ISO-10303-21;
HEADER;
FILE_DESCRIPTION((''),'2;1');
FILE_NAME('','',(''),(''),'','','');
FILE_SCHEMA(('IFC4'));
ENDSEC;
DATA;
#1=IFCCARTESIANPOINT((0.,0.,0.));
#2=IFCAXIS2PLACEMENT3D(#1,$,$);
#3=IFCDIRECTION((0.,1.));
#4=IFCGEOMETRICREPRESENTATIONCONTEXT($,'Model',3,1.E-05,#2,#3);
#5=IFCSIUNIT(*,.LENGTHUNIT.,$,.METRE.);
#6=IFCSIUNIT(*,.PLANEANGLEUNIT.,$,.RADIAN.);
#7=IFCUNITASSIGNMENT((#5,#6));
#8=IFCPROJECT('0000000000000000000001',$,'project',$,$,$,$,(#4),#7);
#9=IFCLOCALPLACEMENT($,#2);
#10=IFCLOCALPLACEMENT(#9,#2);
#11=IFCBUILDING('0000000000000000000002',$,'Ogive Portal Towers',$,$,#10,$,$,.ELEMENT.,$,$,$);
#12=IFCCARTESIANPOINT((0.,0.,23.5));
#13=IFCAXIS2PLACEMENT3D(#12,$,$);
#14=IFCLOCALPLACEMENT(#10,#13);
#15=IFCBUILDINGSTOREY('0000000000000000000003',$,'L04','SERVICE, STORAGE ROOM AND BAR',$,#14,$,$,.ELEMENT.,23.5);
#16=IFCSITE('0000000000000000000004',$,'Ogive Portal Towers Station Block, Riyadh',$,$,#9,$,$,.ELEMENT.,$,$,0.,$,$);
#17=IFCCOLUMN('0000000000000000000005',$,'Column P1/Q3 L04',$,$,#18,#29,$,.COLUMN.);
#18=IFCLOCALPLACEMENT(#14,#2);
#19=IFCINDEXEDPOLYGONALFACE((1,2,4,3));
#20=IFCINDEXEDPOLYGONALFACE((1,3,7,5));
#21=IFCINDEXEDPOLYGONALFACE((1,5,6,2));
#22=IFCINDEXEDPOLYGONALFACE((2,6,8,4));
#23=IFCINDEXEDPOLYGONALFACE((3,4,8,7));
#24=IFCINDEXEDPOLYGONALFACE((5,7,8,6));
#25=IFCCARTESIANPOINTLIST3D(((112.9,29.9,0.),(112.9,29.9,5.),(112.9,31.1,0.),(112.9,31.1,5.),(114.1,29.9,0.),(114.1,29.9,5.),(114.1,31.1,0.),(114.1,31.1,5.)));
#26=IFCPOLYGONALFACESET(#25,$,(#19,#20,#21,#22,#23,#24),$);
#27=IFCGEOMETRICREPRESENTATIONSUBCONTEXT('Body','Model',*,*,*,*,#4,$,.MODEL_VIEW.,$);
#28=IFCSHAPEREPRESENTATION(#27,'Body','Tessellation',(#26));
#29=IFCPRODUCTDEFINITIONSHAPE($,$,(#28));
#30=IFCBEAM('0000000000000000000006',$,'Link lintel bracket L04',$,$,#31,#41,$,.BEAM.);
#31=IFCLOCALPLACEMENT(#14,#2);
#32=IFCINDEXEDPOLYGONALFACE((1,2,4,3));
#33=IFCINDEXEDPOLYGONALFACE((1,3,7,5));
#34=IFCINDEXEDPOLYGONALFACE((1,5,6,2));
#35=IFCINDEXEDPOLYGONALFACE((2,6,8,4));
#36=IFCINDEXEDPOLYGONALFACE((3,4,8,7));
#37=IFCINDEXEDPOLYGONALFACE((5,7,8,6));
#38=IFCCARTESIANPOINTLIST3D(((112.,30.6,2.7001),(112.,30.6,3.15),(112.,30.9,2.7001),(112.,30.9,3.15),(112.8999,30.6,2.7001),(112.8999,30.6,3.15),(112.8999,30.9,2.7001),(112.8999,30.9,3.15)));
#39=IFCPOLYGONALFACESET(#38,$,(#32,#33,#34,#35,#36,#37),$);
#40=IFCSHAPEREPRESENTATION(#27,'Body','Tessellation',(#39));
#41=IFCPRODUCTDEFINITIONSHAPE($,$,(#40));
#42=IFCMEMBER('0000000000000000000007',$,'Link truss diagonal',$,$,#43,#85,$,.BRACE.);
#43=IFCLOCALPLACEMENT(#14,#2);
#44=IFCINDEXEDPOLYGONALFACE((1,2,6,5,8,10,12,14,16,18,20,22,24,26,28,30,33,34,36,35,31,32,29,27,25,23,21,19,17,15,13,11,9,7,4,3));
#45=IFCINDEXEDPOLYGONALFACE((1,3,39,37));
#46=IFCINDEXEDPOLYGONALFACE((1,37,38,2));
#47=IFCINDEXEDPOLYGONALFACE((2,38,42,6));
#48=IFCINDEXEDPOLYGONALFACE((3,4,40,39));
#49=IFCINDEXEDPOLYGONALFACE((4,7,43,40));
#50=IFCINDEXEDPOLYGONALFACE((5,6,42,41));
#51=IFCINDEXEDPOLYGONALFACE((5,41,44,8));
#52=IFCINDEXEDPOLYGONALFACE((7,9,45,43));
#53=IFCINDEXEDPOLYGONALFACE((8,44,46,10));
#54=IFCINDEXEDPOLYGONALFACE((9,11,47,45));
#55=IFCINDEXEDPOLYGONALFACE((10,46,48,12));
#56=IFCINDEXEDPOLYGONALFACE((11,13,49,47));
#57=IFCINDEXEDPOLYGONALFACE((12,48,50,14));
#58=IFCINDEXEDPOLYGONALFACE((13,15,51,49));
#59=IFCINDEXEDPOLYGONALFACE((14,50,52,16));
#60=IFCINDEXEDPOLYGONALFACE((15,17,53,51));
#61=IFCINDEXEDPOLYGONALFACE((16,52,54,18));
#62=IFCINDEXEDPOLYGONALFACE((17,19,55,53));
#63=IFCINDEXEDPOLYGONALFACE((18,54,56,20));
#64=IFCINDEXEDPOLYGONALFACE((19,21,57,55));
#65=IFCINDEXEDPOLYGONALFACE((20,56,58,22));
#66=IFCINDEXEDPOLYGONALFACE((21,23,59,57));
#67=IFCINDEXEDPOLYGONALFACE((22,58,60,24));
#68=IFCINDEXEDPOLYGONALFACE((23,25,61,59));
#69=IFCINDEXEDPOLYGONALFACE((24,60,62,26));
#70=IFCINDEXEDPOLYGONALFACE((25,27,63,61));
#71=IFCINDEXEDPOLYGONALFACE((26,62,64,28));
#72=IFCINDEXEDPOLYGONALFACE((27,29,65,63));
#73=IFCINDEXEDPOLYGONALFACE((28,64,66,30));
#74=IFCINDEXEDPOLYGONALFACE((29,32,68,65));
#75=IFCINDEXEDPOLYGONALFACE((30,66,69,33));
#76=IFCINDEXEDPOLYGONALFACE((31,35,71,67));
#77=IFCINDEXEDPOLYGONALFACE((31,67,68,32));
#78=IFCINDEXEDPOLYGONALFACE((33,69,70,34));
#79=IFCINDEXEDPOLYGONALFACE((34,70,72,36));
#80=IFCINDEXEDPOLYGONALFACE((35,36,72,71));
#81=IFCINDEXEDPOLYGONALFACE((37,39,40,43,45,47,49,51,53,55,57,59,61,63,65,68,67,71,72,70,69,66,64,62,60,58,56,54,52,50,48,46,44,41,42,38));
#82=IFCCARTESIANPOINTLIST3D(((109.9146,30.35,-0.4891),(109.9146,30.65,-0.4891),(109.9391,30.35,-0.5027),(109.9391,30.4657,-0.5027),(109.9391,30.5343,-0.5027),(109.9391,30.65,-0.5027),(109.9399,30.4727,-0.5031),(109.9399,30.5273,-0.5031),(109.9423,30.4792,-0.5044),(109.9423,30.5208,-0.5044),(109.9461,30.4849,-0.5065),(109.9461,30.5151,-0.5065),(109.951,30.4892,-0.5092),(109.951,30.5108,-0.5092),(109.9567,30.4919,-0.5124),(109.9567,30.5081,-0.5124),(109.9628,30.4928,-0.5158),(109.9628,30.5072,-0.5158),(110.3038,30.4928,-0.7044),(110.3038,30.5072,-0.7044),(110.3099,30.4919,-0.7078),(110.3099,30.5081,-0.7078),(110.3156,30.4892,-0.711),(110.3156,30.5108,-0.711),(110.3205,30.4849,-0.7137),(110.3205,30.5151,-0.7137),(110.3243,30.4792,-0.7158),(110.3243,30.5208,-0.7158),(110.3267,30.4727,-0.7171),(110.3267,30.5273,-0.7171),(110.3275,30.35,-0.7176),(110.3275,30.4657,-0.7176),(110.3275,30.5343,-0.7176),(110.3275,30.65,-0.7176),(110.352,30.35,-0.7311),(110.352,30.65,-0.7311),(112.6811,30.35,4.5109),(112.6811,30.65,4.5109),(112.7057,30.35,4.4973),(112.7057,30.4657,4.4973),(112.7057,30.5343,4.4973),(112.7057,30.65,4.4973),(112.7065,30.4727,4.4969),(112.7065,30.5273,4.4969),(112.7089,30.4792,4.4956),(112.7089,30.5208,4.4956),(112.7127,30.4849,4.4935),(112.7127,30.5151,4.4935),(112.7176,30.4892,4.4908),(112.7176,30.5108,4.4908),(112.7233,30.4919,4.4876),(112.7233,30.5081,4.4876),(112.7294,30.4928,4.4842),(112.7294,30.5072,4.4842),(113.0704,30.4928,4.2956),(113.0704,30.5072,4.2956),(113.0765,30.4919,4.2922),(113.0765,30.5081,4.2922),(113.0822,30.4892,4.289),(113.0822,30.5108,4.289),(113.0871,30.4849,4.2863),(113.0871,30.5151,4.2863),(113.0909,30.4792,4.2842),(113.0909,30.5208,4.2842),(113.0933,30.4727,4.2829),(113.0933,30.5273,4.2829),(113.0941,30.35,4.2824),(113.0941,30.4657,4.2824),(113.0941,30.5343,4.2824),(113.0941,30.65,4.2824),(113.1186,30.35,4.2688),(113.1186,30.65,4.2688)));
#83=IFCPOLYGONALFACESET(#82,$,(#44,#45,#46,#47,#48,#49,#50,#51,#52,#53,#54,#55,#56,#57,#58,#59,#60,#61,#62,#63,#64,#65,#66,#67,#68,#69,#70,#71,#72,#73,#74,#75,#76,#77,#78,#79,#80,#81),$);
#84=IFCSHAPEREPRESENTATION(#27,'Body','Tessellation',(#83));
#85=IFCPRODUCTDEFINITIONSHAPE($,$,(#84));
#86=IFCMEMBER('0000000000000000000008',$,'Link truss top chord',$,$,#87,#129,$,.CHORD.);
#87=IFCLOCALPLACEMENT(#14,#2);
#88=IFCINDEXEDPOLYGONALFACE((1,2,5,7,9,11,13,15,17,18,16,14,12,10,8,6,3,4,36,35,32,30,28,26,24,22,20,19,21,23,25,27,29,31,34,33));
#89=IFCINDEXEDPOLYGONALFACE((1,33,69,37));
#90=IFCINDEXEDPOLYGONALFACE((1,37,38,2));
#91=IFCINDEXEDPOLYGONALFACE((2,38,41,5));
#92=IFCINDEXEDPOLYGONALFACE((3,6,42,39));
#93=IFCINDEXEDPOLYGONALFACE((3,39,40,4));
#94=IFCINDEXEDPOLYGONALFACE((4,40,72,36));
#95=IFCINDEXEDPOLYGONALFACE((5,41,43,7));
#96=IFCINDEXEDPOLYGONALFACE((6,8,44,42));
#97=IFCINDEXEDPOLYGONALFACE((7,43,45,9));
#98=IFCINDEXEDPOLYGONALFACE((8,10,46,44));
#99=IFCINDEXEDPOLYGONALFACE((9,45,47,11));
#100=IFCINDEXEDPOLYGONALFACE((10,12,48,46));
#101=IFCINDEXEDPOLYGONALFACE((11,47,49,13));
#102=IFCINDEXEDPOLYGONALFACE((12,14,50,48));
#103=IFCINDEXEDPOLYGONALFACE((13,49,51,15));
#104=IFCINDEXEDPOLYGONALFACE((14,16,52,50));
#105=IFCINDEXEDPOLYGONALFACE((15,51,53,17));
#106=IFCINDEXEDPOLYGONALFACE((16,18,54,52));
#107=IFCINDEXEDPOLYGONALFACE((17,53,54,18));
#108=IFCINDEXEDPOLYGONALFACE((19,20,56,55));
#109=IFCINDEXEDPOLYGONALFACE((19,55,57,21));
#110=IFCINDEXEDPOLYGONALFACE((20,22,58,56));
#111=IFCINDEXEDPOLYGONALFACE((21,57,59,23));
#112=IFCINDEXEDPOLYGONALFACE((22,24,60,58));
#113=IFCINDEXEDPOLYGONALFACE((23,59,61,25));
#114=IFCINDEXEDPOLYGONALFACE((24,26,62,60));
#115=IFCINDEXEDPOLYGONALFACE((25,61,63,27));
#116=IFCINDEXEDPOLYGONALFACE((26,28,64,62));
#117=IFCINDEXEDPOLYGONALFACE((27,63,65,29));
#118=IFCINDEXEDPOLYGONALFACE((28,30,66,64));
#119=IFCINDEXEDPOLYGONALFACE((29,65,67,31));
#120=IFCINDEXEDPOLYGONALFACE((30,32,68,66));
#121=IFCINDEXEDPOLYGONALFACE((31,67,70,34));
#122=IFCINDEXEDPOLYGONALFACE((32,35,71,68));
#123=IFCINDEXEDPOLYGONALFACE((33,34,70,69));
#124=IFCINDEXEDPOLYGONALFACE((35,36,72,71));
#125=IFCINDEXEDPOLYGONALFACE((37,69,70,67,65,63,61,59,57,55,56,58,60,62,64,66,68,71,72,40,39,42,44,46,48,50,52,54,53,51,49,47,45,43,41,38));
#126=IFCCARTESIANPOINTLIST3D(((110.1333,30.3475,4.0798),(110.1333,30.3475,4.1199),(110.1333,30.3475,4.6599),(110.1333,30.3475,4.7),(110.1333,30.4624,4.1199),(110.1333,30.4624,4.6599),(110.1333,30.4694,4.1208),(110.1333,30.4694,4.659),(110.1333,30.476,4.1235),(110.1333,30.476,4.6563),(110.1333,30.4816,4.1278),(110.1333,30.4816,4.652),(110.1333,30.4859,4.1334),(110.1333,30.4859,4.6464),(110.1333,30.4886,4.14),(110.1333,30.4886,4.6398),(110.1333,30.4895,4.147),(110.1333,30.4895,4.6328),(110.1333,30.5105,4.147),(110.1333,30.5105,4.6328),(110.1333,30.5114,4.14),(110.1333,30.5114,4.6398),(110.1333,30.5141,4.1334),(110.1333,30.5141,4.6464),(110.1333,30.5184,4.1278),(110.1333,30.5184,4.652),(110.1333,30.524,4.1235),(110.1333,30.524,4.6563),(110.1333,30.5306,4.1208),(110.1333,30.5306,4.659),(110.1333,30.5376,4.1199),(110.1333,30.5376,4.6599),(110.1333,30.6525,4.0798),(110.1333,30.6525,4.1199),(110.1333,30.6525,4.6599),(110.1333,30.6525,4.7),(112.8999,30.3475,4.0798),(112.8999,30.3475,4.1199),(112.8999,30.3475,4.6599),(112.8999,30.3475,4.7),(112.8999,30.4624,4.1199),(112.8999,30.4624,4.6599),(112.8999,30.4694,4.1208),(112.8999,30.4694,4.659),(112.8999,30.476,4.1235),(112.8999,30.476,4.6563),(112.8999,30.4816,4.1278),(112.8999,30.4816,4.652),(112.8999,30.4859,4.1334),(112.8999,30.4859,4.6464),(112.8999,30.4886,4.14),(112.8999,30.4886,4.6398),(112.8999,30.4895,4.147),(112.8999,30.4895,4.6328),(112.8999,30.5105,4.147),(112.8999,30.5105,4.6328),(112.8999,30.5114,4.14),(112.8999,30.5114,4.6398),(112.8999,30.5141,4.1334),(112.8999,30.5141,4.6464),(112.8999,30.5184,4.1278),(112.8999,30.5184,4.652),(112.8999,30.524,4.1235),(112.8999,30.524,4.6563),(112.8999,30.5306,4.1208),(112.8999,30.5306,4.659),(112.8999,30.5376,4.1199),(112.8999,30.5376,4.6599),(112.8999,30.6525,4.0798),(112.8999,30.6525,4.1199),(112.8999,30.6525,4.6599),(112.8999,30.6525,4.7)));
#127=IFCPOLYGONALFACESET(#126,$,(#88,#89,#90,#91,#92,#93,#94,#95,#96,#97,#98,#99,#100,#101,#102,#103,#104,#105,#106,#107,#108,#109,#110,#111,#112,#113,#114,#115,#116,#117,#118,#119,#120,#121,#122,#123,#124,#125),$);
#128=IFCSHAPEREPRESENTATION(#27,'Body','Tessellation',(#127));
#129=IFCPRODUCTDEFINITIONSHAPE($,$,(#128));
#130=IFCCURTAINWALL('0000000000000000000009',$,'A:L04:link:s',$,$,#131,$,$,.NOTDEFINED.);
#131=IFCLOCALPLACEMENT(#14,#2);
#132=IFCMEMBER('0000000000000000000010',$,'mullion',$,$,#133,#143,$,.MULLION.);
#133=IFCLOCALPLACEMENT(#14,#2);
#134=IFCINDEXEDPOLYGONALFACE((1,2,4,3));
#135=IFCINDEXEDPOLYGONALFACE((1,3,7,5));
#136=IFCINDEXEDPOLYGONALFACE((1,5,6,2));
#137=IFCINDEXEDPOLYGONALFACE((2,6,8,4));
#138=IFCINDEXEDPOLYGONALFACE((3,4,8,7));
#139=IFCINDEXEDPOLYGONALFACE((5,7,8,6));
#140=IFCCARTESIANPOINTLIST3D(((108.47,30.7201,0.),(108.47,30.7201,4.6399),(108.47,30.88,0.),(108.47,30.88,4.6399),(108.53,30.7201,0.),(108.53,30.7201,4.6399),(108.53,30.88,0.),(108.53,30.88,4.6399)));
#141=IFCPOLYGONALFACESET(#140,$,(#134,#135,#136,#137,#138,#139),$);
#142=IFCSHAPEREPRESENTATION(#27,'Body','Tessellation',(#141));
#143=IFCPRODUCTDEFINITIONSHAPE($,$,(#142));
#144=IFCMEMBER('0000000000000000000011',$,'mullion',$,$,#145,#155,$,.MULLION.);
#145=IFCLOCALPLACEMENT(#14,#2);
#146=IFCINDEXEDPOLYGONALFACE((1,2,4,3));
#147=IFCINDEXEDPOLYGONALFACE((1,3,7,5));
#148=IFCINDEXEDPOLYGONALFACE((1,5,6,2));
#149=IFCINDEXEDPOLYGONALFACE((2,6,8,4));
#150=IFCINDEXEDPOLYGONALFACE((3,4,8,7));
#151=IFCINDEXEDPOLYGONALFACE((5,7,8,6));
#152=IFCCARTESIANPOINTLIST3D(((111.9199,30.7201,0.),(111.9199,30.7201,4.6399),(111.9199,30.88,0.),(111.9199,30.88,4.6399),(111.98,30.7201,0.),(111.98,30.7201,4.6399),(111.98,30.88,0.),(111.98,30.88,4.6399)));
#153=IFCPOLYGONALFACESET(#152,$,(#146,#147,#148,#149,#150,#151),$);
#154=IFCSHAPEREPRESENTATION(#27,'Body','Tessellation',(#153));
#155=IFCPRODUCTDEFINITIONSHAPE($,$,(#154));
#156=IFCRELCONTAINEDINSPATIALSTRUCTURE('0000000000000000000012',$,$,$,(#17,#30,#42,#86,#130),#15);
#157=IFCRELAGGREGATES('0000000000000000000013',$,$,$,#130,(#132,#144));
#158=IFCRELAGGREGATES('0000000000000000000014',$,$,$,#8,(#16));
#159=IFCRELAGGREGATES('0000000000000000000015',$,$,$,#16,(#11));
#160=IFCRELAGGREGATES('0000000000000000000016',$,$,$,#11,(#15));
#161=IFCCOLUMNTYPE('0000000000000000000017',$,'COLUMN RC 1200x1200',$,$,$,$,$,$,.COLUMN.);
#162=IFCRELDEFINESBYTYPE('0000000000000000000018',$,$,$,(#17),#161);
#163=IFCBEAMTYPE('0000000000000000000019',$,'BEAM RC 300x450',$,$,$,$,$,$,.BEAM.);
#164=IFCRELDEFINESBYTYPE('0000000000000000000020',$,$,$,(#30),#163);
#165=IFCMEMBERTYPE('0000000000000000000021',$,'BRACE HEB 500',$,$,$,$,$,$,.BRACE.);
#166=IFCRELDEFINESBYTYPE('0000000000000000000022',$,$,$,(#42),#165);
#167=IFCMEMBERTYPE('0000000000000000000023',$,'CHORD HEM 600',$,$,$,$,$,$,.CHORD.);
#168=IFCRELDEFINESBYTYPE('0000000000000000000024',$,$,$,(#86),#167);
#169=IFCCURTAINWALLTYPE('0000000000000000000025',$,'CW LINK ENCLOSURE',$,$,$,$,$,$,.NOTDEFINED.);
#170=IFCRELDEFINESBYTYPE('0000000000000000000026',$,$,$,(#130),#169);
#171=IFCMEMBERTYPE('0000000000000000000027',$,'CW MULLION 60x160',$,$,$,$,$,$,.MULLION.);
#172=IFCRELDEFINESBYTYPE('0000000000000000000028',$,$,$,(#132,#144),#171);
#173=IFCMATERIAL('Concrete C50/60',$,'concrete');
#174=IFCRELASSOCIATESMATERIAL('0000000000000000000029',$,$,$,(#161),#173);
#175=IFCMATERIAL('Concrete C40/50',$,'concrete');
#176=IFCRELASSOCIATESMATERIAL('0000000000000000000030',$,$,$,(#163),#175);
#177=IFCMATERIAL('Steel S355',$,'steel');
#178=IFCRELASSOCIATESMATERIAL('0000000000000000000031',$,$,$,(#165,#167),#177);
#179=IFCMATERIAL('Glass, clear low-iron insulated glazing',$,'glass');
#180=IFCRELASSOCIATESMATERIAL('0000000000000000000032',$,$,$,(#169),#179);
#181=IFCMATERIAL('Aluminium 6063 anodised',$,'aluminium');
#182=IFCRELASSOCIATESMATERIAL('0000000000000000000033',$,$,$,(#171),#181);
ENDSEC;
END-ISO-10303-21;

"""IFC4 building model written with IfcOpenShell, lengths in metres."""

from ifc_helpers import new_model, si_unit, direction, frame, origin, origin_2d, place, context, subcontext, project, spatial, rectangle, i_section, extrude, material, material_profile, profile_set, type_object, element, aggregate, save


model = new_model("IFC4")

# Units and contexts
model_context = context("Model", 3, precision=1e-05, world=origin(), true_north=direction((0.0, 1.0)))
body_context = subcontext(model_context, "Body", "Model", "MODEL_VIEW")
ifc_project = project(units=[si_unit("LENGTHUNIT", "METRE"), si_unit("PLANEANGLEUNIT", "RADIAN")], contexts=[model_context])

# Site, building, storey
site_placement = place(None, origin())
site = spatial("IfcSite", under=ifc_project, at=site_placement, Name="Ogive Portal Towers Station Block, Riyadh", CompositionType="ELEMENT", RefElevation=0.0)
building_placement = place(site_placement, origin())
building = spatial("IfcBuilding", under=site, at=building_placement, Name="Ogive Portal Towers", CompositionType="ELEMENT")
storey_placement = place(building_placement, frame((0.0, 0.0, 23.5)))
storey = spatial("IfcBuildingStorey", under=building, at=storey_placement, Name="L04", Description="SERVICE, STORAGE ROOM AND BAR", CompositionType="ELEMENT", Elevation=23.5)

# Column
ifc_material_1 = material(Name="Concrete C50/60", Category="concrete")
ifc_material_profile_1 = material_profile(ifc_material_1, rectangle(XDim=1.2, YDim=1.2, at=origin_2d()), Name="RC 1200x1200")
ifc_profile_set_1 = profile_set([ifc_material_profile_1], Name="Concrete C50/60")
column_type = type_object("IfcColumnType", Name="COLUMN RC 1200x1200", PredefinedType="COLUMN", material=ifc_profile_set_1)
column_placement = place(storey_placement, frame((113.5, 30.5, 0.0), z_axis=(0.0, 0.0, 1.0), x_axis=(1.0, 0.0, 0.0)))
element("IfcColumn", 1, at=column_placement, inside=storey, type_object=column_type, Name="Column P1/Q3 L04", PredefinedType="COLUMN", context=body_context, shape_type="SweptSolid", body=[
    extrude(rectangle(XDim=1.2, YDim=1.2, at=origin_2d()), origin(), (0.0, 0.0, 1.0), 5.0),
])

# Beam
ifc_material_2 = material(Name="Concrete C40/50", Category="concrete")
ifc_material_profile_2 = material_profile(ifc_material_2, rectangle(XDim=0.3, YDim=0.45, at=origin_2d()), Name="RC 300x450")
ifc_profile_set_2 = profile_set([ifc_material_profile_2], Name="Concrete C40/50")
beam_type = type_object("IfcBeamType", Name="BEAM RC 300x450", PredefinedType="BEAM", material=ifc_profile_set_2)
beam_placement = place(storey_placement, frame((112.8999, 30.75, 2.925), z_axis=(-1.0, 0.0, 0.0), x_axis=(0.0, -1.0, 0.0)))
element("IfcBeam", 2, at=beam_placement, inside=storey, type_object=beam_type, Name="Link lintel bracket L04", PredefinedType="BEAM", context=body_context, shape_type="SweptSolid", body=[
    extrude(rectangle(XDim=0.3, YDim=0.45, at=origin_2d()), origin(), (0.0, 0.0, 1.0), 0.8999),
])

# Members
ifc_material_3 = material(Name="Steel S355", Category="steel")
ifc_material_profile_3 = material_profile(ifc_material_3, i_section(OverallWidth=0.3, OverallDepth=0.5, WebThickness=0.0144, FlangeThickness=0.0281, FilletRadius=0.0271, at=origin_2d()), Name="HEB 500")
ifc_profile_set_3 = profile_set([ifc_material_profile_3], Name="Steel S355")
member_type_1 = type_object("IfcMemberType", Name="BRACE HEB 500", PredefinedType="BRACE", material=ifc_profile_set_3)
member_1_placement = place(storey_placement, frame((110.1333, 30.5, -0.6101), z_axis=(0.484148, 0.0, 0.874986), x_axis=(0.0, 1.0, 0.0)))
element("IfcMember", 3, at=member_1_placement, inside=storey, type_object=member_type_1, Name="Link truss diagonal", PredefinedType="BRACE", context=body_context, shape_type="SweptSolid", body=[
    extrude(i_section(OverallWidth=0.3, OverallDepth=0.5, WebThickness=0.0144, FlangeThickness=0.0281, FilletRadius=0.0271, at=origin_2d()), origin(), (0.0, 0.0, 1.0), 5.7144),
])
ifc_material_profile_4 = material_profile(ifc_material_3, i_section(OverallWidth=0.3049, OverallDepth=0.6201, WebThickness=0.021, FlangeThickness=0.04, FilletRadius=0.0271, at=origin_2d()), Name="HEM 600")
ifc_profile_set_4 = profile_set([ifc_material_profile_4], Name="Steel S355")
member_type_2 = type_object("IfcMemberType", Name="CHORD HEM 600", PredefinedType="CHORD", material=ifc_profile_set_4)
member_2_placement = place(storey_placement, frame((110.1333, 30.5, 4.3899), z_axis=(1.0, 0.0, 0.0), x_axis=(0.0, 1.0, 0.0)))
element("IfcMember", 4, at=member_2_placement, inside=storey, type_object=member_type_2, Name="Link truss top chord", PredefinedType="CHORD", context=body_context, shape_type="SweptSolid", body=[
    extrude(i_section(OverallWidth=0.3049, OverallDepth=0.6201, WebThickness=0.021, FlangeThickness=0.04, FilletRadius=0.0271, at=origin_2d()), origin(), (0.0, 0.0, 1.0), 2.7666),
])

# Curtain wall, members
ifc_material_4 = material(Name="Glass, clear low-iron insulated glazing", Category="glass")
curtain_wall_type = type_object("IfcCurtainWallType", Name="CW LINK ENCLOSURE", PredefinedType="NOTDEFINED", material=ifc_material_4)
curtain_wall_placement = place(storey_placement, origin())
curtain_wall = element("IfcCurtainWall", 5, at=curtain_wall_placement, inside=storey, type_object=curtain_wall_type, Name="A:L04:link:s", PredefinedType="NOTDEFINED")
ifc_material_5 = material(Name="Aluminium 6063 anodised", Category="aluminium")
ifc_material_profile_5 = material_profile(ifc_material_5, rectangle(XDim=0.1599, YDim=0.0601, at=origin_2d()), Name="AL 60x160")
ifc_profile_set_5 = profile_set([ifc_material_profile_5], Name="Aluminium 6063 anodised")
member_type_3 = type_object("IfcMemberType", Name="CW MULLION 60x160", PredefinedType="MULLION", material=ifc_profile_set_5)
member_3_placement = place(storey_placement, frame((108.5, 30.8, 0.0), z_axis=(0.0, 0.0, 1.0), x_axis=(0.0, 1.0, 0.0)))
member_3 = element("IfcMember", 6, at=member_3_placement, type_object=member_type_3, Name="mullion", PredefinedType="MULLION", context=body_context, shape_type="SweptSolid", body=[
    extrude(rectangle(XDim=0.1599, YDim=0.0601, at=origin_2d()), origin(), (0.0, 0.0, 1.0), 4.6399),
])
member_4_placement = place(storey_placement, frame((111.95, 30.8, 0.0), z_axis=(0.0, 0.0, 1.0), x_axis=(0.0, 1.0, 0.0)))
member_4 = element("IfcMember", 7, at=member_4_placement, type_object=member_type_3, Name="mullion", PredefinedType="MULLION", context=body_context, shape_type="SweptSolid", body=[
    extrude(rectangle(XDim=0.1599, YDim=0.0601, at=origin_2d()), origin(), (0.0, 0.0, 1.0), 4.6399),
])

aggregate(curtain_wall, [member_3, member_4])

save(model, "model.ifc")
